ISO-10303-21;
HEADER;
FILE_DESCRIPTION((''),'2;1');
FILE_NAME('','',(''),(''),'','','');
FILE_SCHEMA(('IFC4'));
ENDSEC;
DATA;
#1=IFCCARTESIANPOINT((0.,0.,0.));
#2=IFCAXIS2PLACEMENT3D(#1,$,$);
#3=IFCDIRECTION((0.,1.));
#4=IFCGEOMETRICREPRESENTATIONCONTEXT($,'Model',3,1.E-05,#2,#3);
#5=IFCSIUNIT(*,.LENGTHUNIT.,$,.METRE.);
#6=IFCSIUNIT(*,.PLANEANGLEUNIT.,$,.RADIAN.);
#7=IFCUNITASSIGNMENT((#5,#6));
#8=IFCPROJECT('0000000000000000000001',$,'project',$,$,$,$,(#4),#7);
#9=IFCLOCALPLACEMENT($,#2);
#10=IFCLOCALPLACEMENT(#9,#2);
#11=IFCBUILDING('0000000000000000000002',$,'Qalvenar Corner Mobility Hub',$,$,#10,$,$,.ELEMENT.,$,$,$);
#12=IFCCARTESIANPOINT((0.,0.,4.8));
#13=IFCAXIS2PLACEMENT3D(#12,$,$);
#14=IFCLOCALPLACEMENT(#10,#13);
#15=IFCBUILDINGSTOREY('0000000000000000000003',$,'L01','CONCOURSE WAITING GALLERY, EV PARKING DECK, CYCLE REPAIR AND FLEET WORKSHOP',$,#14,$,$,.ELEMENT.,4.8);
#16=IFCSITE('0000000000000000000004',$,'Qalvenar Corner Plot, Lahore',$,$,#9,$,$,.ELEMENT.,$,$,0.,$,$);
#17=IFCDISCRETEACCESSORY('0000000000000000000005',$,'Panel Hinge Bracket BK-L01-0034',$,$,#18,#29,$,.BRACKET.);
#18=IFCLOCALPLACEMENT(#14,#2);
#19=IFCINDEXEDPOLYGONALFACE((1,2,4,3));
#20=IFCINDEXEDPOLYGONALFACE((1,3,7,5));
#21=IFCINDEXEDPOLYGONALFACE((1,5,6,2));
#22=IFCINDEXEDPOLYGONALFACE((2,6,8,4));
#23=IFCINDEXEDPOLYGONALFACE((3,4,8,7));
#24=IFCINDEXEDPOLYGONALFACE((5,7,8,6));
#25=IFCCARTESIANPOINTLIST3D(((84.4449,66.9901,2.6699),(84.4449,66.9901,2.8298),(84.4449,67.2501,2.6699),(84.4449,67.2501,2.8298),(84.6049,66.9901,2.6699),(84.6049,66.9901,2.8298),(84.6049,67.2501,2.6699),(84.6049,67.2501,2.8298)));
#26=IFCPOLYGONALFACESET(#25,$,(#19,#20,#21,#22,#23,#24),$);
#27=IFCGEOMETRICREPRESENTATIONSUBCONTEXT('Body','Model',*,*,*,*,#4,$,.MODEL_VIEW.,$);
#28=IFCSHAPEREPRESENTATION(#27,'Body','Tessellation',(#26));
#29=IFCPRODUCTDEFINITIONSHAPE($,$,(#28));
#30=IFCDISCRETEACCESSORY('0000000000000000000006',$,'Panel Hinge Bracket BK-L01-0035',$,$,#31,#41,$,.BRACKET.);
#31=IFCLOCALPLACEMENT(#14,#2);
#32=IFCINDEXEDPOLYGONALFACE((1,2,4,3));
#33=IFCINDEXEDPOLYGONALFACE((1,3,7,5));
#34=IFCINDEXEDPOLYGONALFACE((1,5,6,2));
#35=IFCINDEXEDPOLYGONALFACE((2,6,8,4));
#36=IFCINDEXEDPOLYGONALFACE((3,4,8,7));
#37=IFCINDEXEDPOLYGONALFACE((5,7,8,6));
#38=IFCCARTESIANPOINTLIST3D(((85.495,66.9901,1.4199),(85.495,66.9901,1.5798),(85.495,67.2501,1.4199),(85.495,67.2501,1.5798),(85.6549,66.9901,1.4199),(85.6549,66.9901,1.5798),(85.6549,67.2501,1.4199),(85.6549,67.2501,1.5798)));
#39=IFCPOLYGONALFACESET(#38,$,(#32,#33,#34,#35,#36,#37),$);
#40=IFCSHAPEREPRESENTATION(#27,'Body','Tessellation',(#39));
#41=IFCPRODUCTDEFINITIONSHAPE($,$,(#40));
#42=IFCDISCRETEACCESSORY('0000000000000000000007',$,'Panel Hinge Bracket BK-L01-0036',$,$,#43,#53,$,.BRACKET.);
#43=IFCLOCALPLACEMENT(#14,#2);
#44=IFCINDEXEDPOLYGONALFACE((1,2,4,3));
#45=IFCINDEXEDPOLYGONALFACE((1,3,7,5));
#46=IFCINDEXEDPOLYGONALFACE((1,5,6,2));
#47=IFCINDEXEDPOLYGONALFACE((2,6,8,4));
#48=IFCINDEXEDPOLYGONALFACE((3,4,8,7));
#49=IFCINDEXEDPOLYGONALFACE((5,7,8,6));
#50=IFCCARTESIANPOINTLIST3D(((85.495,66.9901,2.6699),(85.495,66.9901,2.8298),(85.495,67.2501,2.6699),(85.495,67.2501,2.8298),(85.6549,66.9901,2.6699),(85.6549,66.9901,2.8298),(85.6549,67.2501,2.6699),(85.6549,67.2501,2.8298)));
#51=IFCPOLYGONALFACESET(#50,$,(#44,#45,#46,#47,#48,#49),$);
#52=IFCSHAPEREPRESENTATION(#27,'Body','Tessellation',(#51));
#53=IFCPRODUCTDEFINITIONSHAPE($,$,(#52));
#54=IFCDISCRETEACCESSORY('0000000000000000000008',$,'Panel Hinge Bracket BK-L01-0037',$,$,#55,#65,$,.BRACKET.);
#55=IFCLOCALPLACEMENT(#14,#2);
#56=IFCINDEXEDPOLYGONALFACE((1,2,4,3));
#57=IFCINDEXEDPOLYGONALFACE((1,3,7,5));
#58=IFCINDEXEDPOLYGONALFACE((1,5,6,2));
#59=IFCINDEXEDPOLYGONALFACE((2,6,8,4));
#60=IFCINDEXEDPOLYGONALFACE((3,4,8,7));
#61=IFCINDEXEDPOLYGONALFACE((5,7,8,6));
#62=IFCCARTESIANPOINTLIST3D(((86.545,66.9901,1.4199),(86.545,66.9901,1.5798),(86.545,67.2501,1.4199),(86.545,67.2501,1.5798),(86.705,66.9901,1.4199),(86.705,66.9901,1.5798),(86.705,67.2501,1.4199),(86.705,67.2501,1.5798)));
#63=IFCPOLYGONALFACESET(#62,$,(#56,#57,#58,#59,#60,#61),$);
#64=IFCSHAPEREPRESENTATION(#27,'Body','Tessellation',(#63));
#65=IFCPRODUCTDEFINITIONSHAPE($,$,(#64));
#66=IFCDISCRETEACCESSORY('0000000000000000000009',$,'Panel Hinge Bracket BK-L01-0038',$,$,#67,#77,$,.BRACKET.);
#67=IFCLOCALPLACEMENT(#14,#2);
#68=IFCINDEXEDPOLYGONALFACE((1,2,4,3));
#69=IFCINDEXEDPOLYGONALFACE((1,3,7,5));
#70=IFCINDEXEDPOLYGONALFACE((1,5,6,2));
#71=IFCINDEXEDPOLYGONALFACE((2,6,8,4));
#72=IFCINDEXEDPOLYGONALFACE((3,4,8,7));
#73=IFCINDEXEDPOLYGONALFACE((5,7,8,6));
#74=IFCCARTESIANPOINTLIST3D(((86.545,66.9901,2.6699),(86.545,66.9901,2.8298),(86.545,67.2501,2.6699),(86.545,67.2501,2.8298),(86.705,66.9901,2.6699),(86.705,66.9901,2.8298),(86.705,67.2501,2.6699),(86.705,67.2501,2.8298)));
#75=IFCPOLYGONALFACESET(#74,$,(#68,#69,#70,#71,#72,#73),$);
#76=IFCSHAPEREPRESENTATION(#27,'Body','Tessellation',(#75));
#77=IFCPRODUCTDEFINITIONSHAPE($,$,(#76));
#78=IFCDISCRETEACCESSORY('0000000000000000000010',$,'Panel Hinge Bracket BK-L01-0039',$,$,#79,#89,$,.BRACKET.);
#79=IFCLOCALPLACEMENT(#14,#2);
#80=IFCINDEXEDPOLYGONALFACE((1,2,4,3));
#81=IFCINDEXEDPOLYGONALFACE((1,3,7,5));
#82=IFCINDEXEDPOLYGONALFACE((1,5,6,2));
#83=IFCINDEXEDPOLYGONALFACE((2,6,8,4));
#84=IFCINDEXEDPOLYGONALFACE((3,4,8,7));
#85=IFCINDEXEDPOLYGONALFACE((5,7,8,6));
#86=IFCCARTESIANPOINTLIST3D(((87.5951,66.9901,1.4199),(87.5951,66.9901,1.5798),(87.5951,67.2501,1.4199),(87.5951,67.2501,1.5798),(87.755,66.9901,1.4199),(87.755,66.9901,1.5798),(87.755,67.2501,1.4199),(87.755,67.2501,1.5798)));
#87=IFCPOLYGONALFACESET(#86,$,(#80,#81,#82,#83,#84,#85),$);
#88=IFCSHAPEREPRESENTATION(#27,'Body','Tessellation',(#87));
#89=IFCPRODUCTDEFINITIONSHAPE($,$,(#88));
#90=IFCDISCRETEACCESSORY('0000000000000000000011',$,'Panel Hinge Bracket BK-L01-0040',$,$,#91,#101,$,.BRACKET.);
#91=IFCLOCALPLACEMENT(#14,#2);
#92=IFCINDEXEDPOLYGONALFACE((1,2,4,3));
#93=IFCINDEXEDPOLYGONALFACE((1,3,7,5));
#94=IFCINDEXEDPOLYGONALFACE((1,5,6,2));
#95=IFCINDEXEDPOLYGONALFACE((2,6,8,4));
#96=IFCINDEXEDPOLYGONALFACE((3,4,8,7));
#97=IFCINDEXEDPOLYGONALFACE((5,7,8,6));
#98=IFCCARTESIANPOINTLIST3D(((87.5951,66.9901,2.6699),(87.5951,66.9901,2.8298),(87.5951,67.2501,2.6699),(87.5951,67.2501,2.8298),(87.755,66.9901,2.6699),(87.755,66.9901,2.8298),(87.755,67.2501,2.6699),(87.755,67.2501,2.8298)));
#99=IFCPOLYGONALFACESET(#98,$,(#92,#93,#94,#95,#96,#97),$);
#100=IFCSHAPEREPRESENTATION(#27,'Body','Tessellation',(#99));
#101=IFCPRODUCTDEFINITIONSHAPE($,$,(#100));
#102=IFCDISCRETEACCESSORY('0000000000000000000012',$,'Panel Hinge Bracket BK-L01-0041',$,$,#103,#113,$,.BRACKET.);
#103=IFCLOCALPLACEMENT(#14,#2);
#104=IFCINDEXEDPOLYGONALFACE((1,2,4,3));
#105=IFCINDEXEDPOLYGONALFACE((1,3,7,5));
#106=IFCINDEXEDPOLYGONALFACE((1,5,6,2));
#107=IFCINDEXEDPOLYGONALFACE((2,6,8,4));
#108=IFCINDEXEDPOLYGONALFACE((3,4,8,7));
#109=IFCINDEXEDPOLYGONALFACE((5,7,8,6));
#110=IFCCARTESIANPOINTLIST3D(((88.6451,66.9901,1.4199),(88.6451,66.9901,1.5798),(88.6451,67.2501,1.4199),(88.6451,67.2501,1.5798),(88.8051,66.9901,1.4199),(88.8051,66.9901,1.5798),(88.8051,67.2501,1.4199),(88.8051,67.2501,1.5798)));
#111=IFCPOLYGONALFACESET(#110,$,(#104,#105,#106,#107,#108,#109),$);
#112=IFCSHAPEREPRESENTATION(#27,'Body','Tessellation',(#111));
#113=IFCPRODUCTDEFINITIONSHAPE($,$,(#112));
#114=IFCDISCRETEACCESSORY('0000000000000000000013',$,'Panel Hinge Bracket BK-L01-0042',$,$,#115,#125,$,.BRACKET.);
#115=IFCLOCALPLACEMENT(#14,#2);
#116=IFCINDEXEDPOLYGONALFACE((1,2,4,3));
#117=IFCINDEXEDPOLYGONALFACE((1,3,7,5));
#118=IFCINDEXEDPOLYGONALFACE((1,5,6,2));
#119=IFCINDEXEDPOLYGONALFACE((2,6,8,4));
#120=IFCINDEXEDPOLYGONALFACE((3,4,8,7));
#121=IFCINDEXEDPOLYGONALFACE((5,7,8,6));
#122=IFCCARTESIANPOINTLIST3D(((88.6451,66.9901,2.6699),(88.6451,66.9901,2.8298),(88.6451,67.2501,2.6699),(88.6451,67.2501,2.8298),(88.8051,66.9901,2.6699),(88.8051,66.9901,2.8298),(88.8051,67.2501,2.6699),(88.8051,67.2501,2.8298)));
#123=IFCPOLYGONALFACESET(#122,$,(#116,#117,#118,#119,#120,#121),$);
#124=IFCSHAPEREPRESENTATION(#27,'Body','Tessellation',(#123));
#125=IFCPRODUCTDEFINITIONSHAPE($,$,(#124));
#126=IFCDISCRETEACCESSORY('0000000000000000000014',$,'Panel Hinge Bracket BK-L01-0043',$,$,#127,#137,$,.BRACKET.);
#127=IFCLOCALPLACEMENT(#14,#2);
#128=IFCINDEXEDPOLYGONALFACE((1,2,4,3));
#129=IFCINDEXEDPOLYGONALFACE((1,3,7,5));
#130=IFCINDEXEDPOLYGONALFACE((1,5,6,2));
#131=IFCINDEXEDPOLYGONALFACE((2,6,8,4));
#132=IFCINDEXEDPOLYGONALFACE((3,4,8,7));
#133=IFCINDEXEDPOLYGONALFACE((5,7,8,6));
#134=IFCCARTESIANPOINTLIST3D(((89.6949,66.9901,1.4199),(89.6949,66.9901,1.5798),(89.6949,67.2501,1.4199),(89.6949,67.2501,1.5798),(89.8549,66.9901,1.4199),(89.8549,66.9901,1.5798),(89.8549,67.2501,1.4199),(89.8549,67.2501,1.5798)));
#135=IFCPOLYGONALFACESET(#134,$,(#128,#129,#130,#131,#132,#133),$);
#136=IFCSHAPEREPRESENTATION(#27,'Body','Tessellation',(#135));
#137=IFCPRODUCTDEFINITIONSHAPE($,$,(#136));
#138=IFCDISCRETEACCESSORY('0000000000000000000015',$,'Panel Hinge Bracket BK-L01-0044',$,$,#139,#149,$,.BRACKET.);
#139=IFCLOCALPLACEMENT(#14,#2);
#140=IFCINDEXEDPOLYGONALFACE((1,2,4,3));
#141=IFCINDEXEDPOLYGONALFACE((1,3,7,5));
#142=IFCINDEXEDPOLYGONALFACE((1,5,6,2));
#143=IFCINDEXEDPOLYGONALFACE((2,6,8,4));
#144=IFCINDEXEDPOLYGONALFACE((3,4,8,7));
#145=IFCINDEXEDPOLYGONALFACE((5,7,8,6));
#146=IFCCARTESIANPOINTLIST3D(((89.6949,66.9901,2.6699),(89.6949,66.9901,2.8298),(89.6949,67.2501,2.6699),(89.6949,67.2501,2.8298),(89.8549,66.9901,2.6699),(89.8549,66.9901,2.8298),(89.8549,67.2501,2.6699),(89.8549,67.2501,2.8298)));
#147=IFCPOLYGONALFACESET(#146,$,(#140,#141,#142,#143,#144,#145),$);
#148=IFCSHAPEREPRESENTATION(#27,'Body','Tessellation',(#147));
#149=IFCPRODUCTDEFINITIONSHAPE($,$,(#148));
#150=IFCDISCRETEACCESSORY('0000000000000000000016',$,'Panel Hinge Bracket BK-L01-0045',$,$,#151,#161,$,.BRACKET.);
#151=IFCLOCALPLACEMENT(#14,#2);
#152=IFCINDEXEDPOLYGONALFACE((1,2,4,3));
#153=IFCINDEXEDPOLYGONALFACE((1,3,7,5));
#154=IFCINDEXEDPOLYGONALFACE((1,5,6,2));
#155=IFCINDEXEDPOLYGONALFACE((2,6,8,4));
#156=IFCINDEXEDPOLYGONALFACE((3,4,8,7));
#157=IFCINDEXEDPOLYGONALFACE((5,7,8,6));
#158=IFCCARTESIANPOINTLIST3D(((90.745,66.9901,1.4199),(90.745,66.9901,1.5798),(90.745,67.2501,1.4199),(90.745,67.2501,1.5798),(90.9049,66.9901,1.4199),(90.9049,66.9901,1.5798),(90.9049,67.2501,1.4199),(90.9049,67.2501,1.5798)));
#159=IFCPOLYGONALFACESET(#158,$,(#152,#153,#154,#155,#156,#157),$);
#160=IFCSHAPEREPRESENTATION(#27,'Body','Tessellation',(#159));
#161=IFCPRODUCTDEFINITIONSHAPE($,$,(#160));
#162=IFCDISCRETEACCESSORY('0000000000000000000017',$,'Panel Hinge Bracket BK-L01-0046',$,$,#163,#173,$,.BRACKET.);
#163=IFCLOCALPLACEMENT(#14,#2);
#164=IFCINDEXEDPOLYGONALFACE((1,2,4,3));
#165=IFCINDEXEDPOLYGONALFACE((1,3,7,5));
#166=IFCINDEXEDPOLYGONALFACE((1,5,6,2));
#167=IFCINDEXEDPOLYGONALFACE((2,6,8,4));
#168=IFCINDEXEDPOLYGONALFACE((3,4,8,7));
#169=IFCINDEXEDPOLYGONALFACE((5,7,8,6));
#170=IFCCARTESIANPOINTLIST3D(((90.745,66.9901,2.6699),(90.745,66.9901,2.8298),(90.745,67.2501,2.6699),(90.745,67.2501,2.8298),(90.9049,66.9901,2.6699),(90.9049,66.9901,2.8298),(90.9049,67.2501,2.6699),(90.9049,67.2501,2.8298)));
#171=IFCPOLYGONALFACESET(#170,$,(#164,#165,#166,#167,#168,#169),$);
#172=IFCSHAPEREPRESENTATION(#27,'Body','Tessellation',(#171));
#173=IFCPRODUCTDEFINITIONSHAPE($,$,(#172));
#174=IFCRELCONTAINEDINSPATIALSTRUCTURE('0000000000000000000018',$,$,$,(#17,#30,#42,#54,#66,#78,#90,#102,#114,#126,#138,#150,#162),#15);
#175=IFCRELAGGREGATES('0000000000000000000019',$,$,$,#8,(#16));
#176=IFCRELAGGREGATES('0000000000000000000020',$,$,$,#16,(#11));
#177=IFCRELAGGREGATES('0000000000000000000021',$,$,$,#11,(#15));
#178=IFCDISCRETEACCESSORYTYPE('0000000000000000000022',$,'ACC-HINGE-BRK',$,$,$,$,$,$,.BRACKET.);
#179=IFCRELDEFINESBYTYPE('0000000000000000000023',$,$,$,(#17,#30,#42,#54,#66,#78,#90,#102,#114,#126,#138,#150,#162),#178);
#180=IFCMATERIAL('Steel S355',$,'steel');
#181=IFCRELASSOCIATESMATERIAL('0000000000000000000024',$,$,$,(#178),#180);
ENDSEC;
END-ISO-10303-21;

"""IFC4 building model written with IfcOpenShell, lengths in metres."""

from ifc_helpers import new_model, si_unit, direction, frame, origin, origin_2d, place, context, subcontext, project, spatial, rectangle, extrude, material, type_object, element, save


model = new_model("IFC4")

# Units and contexts
model_context = context("Model", 3, precision=1e-05, world=origin(), true_north=direction((0.0, 1.0)))
body_context = subcontext(model_context, "Body", "Model", "MODEL_VIEW")
ifc_project = project(units=[si_unit("LENGTHUNIT", "METRE"), si_unit("PLANEANGLEUNIT", "RADIAN")], contexts=[model_context])

# Site, building, storey
site_placement = place(None, origin())
site = spatial("IfcSite", under=ifc_project, at=site_placement, Name="Qalvenar Corner Plot, Lahore", CompositionType="ELEMENT", RefElevation=0.0)
building_placement = place(site_placement, origin())
building = spatial("IfcBuilding", under=site, at=building_placement, Name="Qalvenar Corner Mobility Hub", CompositionType="ELEMENT")
storey_placement = place(building_placement, frame((0.0, 0.0, 4.8)))
storey = spatial("IfcBuildingStorey", under=building, at=storey_placement, Name="L01", Description="CONCOURSE WAITING GALLERY, EV PARKING DECK, CYCLE REPAIR AND FLEET WORKSHOP", CompositionType="ELEMENT", Elevation=4.8)

# Shared definitions
ifc_material = material(Name="Steel S355", Category="steel")

# Discrete accessories
discrete_accessory_type = type_object("IfcDiscreteAccessoryType", Name="ACC-HINGE-BRK", PredefinedType="BRACKET", material=ifc_material)
for number, where, z_axis, x_axis, name in (
    (1, (84.5249, 67.1201, 2.6699), (0.0, 0.0, 1.0), (1.0, 0.0, 0.0), "Panel Hinge Bracket BK-L01-0034"),
    (2, (85.575, 67.1201, 1.4199), (0.0, 0.0, 1.0), (1.0, 0.0, 0.0), "Panel Hinge Bracket BK-L01-0035"),
    (3, (85.575, 67.1201, 2.6699), (0.0, 0.0, 1.0), (1.0, 0.0, 0.0), "Panel Hinge Bracket BK-L01-0036"),
    (4, (86.625, 67.1201, 1.4199), (0.0, 0.0, 1.0), (1.0, 0.0, 0.0), "Panel Hinge Bracket BK-L01-0037"),
    (5, (86.625, 67.1201, 2.6699), (0.0, 0.0, 1.0), (1.0, 0.0, 0.0), "Panel Hinge Bracket BK-L01-0038"),
    (6, (87.675, 67.1201, 1.4199), (0.0, 0.0, 1.0), (1.0, 0.0, 0.0), "Panel Hinge Bracket BK-L01-0039"),
    (7, (87.675, 67.1201, 2.6699), (0.0, 0.0, 1.0), (1.0, 0.0, 0.0), "Panel Hinge Bracket BK-L01-0040"),
    (8, (88.7251, 67.1201, 1.4199), (0.0, 0.0, 1.0), (1.0, 0.0, 0.0), "Panel Hinge Bracket BK-L01-0041"),
    (9, (88.7251, 67.1201, 2.6699), (0.0, 0.0, 1.0), (1.0, 0.0, 0.0), "Panel Hinge Bracket BK-L01-0042"),
    (10, (89.7749, 67.1201, 1.4199), (0.0, 0.0, 1.0), (1.0, 0.0, 0.0), "Panel Hinge Bracket BK-L01-0043"),
    (11, (89.7749, 67.1201, 2.6699), (0.0, 0.0, 1.0), (1.0, 0.0, 0.0), "Panel Hinge Bracket BK-L01-0044"),
    (12, (90.825, 67.1201, 1.4199), (0.0, 0.0, 1.0), (1.0, 0.0, 0.0), "Panel Hinge Bracket BK-L01-0045"),
    (13, (90.825, 67.1201, 2.6699), (0.0, 0.0, 1.0), (1.0, 0.0, 0.0), "Panel Hinge Bracket BK-L01-0046"),
):
    element("IfcDiscreteAccessory", number, at=place(storey_placement, frame(where, z_axis=z_axis, x_axis=x_axis)), inside=storey, type_object=discrete_accessory_type, Name=name, PredefinedType="BRACKET", context=body_context, shape_type="SweptSolid", body=[
        extrude(rectangle(XDim=0.1599, YDim=0.26, at=origin_2d()), origin(), (0.0, 0.0, 1.0), 0.1599),
    ])

save(model, "model.ifc")
